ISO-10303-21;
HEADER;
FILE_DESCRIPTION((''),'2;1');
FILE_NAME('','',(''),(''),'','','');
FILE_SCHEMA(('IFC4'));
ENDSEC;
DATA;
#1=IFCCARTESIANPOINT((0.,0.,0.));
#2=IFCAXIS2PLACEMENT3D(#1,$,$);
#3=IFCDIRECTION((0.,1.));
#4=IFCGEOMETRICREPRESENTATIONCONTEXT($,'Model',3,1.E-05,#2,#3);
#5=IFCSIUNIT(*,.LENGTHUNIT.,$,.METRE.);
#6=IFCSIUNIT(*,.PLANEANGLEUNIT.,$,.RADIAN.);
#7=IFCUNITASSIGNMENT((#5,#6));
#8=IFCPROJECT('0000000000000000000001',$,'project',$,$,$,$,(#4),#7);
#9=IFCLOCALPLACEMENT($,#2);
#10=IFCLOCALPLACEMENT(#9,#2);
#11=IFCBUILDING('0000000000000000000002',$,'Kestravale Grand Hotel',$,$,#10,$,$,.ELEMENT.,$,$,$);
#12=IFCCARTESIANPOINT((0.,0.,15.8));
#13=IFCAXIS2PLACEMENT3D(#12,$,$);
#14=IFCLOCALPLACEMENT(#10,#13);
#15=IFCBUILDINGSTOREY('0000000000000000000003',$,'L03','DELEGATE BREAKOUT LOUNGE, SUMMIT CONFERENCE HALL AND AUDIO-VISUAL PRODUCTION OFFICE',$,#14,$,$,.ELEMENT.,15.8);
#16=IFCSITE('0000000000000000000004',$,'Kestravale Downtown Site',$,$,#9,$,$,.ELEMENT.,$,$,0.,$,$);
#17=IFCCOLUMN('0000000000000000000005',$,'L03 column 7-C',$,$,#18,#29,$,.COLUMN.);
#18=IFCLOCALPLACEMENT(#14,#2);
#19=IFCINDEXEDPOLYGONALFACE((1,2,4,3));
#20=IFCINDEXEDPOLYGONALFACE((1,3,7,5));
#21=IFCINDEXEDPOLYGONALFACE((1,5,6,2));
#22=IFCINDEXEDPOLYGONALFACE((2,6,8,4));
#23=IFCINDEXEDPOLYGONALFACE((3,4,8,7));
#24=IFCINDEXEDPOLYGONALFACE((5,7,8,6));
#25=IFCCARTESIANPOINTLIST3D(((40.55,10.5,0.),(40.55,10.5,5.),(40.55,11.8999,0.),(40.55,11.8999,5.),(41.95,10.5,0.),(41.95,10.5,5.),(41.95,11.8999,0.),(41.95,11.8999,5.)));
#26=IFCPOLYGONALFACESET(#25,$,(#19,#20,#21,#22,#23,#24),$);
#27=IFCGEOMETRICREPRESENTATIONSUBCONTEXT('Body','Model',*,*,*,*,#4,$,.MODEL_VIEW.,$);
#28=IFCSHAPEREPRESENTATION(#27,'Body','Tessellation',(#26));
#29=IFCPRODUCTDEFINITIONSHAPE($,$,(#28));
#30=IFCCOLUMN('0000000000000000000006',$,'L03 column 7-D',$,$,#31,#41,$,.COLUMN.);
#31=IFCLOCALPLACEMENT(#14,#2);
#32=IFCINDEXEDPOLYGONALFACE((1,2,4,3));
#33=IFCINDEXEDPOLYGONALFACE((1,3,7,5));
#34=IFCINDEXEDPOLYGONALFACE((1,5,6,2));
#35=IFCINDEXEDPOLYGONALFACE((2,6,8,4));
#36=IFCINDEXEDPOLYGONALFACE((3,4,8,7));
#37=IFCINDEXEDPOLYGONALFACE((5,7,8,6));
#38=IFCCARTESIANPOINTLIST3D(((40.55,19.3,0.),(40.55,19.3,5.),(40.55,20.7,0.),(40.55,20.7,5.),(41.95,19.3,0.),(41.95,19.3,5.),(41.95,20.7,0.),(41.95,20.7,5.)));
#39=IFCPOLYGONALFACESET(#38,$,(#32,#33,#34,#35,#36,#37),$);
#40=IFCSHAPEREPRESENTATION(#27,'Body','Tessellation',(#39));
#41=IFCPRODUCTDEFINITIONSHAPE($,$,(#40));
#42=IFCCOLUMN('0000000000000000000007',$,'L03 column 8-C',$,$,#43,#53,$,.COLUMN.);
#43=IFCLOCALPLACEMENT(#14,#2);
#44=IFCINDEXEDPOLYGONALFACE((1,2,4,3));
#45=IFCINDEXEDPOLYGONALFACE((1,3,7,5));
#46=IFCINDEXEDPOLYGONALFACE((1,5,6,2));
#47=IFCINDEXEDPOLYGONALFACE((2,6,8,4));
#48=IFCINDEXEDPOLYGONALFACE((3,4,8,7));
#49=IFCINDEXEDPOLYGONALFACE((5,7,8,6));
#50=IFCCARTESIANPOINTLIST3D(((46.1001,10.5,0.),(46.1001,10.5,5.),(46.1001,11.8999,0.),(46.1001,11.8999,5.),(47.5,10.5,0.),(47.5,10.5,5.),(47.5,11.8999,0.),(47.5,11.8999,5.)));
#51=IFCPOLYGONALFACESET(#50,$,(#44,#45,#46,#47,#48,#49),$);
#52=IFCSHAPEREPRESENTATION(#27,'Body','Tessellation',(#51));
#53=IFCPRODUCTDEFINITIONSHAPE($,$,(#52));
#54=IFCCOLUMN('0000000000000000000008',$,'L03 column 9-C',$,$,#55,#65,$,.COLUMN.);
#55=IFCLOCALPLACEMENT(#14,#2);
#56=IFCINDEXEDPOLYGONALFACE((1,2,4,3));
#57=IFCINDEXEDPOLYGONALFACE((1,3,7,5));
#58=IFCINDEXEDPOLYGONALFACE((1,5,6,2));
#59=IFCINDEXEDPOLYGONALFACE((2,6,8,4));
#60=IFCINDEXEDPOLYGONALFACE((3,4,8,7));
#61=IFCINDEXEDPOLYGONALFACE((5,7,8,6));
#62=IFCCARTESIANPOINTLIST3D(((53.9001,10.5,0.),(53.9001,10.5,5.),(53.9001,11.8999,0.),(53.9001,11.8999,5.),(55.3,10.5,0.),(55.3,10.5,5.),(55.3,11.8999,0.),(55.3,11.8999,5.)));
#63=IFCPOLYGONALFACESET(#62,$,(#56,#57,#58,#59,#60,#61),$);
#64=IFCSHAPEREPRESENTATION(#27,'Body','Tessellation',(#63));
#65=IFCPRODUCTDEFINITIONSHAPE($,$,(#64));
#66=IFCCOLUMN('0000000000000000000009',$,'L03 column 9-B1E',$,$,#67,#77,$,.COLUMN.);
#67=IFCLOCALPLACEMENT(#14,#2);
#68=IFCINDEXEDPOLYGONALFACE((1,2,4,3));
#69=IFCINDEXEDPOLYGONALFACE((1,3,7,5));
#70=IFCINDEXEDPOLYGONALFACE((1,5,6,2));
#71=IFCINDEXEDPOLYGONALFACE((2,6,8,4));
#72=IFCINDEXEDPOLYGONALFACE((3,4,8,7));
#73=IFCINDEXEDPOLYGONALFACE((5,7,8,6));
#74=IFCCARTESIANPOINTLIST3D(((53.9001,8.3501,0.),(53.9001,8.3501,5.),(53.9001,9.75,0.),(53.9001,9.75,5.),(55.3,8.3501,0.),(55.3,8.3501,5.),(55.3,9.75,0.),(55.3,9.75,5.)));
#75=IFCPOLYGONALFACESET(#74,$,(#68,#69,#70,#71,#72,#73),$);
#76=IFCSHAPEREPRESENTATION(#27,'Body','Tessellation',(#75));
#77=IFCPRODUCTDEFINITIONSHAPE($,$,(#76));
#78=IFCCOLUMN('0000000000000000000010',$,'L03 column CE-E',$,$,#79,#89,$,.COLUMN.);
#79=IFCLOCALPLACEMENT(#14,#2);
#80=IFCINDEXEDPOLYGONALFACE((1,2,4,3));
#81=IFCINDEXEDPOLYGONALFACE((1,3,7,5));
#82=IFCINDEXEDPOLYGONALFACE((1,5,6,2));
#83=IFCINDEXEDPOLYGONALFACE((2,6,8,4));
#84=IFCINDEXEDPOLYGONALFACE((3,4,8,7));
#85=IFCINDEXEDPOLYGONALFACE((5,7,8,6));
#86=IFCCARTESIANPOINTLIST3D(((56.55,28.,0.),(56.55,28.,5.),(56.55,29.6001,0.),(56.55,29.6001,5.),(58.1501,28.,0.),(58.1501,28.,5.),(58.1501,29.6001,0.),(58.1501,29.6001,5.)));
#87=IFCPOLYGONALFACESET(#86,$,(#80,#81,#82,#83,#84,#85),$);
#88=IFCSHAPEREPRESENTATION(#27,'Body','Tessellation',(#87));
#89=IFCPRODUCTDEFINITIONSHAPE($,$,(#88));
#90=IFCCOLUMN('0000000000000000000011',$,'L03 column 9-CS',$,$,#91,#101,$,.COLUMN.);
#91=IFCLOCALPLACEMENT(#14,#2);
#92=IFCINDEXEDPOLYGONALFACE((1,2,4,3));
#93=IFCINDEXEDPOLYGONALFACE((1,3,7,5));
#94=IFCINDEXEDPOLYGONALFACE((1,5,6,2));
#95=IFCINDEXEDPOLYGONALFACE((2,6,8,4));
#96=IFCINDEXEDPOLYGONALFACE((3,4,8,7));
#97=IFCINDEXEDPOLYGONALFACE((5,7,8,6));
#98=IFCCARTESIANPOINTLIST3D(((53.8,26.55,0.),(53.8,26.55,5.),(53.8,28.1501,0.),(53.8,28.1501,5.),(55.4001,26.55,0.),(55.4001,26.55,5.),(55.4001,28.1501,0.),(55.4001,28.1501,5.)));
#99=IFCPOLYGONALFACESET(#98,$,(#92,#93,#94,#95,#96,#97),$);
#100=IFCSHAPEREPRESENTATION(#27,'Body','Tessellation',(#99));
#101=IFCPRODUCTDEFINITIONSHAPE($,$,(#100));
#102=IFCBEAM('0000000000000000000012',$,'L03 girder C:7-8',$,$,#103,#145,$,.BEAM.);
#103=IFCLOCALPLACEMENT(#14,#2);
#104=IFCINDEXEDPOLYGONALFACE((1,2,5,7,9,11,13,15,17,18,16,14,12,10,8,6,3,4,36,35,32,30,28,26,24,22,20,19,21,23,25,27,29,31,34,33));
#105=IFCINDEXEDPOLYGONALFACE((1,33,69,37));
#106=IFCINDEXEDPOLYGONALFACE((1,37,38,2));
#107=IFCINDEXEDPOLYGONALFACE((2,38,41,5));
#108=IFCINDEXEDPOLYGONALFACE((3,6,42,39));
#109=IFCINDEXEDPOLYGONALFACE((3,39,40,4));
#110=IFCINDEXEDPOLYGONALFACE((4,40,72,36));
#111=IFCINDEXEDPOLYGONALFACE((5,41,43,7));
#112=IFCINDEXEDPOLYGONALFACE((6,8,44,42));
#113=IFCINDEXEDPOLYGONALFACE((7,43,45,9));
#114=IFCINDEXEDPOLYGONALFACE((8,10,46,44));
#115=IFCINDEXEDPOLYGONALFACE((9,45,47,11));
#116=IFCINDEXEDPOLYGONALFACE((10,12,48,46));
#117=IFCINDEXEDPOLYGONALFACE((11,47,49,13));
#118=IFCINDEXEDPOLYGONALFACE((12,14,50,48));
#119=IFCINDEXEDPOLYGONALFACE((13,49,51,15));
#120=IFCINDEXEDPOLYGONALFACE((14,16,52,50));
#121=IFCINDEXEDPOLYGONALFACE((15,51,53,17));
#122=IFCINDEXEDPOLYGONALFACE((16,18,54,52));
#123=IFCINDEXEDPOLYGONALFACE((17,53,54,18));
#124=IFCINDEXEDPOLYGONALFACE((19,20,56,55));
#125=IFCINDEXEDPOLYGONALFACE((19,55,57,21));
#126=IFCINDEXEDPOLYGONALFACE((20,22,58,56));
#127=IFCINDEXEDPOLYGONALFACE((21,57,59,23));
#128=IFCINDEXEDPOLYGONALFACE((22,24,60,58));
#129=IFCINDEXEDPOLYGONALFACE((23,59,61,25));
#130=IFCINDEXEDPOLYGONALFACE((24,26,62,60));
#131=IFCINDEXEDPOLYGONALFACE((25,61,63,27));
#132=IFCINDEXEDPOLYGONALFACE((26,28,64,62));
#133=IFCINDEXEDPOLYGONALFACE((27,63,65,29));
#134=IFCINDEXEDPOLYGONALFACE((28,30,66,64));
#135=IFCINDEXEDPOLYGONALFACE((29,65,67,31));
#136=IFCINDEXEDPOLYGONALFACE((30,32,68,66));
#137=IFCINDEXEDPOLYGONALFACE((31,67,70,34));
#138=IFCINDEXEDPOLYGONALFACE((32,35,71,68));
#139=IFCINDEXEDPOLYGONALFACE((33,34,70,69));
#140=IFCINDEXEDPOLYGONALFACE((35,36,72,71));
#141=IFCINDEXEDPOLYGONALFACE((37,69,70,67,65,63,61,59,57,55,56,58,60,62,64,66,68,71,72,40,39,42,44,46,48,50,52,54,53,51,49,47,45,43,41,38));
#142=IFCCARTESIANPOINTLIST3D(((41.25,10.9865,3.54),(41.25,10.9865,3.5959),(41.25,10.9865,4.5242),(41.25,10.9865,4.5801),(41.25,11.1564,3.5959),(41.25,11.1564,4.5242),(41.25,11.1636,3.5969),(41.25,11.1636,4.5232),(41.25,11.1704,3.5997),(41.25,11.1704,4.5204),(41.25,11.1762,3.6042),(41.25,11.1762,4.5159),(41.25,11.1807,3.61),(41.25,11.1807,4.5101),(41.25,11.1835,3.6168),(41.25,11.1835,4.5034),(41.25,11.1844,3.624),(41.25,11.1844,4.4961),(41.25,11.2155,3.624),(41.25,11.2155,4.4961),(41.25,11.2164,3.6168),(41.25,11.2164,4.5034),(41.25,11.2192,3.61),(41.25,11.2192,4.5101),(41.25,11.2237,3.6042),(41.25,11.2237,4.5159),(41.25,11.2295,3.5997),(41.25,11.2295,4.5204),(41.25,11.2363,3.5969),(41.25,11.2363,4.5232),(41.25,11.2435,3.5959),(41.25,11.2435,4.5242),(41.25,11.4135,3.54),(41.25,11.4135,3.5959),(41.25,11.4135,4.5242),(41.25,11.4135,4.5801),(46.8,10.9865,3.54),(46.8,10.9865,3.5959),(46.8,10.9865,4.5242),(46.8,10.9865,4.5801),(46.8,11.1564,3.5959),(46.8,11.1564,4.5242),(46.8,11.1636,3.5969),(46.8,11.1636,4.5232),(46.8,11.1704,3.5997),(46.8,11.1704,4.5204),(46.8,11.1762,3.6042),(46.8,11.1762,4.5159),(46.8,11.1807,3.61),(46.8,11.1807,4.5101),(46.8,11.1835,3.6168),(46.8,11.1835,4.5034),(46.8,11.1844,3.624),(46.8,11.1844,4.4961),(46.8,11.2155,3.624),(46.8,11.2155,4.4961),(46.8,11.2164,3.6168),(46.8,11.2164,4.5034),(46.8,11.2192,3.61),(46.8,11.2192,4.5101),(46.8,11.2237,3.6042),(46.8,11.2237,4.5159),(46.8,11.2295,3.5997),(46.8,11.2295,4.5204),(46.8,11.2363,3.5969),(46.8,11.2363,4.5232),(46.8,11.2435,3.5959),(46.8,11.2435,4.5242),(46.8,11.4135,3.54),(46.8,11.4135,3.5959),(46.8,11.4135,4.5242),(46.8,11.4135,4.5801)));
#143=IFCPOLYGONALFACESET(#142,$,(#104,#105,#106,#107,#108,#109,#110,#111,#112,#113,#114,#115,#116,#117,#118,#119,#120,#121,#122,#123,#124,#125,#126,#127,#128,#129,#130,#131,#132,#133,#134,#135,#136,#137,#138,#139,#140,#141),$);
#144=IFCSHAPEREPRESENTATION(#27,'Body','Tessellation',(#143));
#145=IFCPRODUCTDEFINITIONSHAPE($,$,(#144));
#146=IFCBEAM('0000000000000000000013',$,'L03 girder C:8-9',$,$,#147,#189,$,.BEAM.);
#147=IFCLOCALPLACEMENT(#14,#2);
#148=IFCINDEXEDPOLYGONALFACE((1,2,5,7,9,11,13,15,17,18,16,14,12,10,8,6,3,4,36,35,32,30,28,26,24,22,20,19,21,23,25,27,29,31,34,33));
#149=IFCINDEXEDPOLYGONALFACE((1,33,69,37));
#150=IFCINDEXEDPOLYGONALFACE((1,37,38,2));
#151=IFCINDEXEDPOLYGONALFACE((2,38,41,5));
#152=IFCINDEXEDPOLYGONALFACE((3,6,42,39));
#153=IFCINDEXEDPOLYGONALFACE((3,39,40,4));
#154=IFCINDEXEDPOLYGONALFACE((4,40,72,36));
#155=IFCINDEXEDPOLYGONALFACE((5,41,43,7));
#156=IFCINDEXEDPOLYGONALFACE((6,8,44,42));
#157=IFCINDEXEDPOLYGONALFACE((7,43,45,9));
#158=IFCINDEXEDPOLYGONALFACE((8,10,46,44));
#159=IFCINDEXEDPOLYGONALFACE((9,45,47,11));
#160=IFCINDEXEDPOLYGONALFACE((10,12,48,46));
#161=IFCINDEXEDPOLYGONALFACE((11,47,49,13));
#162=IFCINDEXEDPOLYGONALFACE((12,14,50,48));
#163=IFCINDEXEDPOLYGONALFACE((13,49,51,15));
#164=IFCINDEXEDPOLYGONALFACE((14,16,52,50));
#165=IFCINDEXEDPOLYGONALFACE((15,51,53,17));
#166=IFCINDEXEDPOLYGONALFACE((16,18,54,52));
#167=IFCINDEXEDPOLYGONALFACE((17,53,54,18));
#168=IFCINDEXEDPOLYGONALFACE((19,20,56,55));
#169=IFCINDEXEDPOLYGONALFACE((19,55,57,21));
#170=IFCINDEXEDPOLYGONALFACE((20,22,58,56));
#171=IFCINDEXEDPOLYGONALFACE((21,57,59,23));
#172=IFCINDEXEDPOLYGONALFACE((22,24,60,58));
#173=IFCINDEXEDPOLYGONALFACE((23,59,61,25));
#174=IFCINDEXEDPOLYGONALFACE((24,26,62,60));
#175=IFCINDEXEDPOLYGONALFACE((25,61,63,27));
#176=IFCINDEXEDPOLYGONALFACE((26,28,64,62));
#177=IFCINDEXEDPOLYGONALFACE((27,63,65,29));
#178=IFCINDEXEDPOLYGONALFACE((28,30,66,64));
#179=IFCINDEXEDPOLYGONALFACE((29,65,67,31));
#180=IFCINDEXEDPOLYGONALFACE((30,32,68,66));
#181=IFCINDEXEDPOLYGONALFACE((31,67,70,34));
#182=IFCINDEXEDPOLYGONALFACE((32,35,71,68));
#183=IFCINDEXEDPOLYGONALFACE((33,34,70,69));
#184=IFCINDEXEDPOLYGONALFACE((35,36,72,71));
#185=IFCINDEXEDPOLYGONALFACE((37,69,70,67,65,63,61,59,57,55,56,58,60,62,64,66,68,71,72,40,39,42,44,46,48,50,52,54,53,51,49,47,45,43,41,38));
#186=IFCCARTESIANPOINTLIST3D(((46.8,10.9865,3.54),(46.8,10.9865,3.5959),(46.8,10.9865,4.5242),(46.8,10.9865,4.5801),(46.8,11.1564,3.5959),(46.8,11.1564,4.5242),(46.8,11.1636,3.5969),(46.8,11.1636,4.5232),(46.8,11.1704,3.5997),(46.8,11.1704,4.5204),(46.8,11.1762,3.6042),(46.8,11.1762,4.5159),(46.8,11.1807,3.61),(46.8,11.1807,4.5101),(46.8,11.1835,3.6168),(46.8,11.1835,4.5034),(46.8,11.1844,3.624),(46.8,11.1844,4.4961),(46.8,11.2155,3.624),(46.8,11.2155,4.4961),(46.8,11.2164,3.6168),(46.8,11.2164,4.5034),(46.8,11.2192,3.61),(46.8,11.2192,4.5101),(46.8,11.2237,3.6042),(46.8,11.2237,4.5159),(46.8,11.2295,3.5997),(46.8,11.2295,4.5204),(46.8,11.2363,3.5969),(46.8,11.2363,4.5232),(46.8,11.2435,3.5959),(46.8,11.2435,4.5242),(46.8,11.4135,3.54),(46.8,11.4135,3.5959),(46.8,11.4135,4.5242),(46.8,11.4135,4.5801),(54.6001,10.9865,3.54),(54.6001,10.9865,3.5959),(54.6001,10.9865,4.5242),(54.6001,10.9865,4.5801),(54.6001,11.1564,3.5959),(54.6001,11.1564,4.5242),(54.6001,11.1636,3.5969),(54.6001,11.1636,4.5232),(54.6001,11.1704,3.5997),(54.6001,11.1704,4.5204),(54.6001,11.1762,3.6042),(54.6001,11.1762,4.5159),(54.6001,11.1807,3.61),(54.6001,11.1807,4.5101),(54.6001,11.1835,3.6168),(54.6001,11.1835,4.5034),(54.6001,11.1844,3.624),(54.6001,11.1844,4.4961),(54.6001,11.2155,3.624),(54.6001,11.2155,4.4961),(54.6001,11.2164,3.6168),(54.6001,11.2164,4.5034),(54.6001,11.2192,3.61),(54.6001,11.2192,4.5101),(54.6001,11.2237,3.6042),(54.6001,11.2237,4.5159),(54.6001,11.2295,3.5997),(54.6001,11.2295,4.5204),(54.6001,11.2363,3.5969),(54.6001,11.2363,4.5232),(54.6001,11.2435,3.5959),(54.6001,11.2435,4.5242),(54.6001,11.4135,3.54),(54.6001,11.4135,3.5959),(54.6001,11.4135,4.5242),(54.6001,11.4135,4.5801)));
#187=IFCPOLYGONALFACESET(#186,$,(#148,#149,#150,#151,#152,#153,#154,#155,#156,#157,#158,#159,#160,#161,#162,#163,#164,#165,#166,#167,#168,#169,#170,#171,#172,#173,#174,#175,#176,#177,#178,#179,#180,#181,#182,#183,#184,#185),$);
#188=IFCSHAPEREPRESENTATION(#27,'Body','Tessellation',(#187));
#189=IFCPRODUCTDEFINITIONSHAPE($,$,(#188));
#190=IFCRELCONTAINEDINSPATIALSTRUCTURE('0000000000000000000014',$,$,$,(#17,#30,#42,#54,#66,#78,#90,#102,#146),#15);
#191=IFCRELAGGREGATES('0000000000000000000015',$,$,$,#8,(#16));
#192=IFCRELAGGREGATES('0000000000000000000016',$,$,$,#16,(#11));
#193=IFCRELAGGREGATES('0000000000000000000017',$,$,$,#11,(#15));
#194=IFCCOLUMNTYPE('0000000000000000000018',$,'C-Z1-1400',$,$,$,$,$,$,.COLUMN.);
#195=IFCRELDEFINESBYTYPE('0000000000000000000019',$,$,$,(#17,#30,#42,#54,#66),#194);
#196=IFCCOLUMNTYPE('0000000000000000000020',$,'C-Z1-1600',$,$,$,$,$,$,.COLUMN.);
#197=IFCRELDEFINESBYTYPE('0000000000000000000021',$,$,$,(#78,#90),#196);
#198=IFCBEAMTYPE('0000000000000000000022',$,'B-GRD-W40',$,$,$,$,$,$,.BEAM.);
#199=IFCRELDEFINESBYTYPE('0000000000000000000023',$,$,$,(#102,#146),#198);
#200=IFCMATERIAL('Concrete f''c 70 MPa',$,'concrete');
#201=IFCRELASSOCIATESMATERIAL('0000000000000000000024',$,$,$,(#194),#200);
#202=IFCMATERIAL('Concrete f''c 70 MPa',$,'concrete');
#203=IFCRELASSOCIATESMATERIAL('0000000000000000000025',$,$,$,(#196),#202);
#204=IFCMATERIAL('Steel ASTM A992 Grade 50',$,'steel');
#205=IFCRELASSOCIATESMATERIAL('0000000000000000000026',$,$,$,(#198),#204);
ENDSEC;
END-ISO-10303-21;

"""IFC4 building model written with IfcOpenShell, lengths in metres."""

from ifc_helpers import new_model, si_unit, direction, frame, origin, origin_2d, place, context, subcontext, project, spatial, rectangle, i_section, extrude, material, material_profile, profile_set, type_object, element, save


model = new_model("IFC4")

# Units and contexts
model_context = context("Model", 3, precision=1e-05, world=origin(), true_north=direction((0.0, 1.0)))
body_context = subcontext(model_context, "Body", "Model", "MODEL_VIEW")
ifc_project = project(units=[si_unit("LENGTHUNIT", "METRE"), si_unit("PLANEANGLEUNIT", "RADIAN")], contexts=[model_context])

# Site, building, storey
site_placement = place(None, origin())
site = spatial("IfcSite", under=ifc_project, at=site_placement, Name="Kestravale Downtown Site", CompositionType="ELEMENT", RefElevation=0.0)
building_placement = place(site_placement, origin())
building = spatial("IfcBuilding", under=site, at=building_placement, Name="Kestravale Grand Hotel", CompositionType="ELEMENT")
storey_placement = place(building_placement, frame((0.0, 0.0, 15.8)))
storey = spatial("IfcBuildingStorey", under=building, at=storey_placement, Name="L03", Description="DELEGATE BREAKOUT LOUNGE, SUMMIT CONFERENCE HALL AND AUDIO-VISUAL PRODUCTION OFFICE", CompositionType="ELEMENT", Elevation=15.8)

# Columns
ifc_material_1 = material(Name="Concrete f'c 70 MPa", Category="concrete")
ifc_material_profile_1 = material_profile(ifc_material_1, rectangle(XDim=1.3999, YDim=1.3999, at=origin_2d()))
ifc_profile_set_1 = profile_set([ifc_material_profile_1], Name="Concrete f'c 70 MPa")
column_type_1 = type_object("IfcColumnType", Name="C-Z1-1400", PredefinedType="COLUMN", material=ifc_profile_set_1)
for number, where, z_axis, x_axis, name in (
    (1, (41.25, 11.2, 0.0), (0.0, 0.0, 1.0), (1.0, 0.0, 0.0), "L03 column 7-C"),
    (2, (41.25, 20.0, 0.0), (0.0, 0.0, 1.0), (1.0, 0.0, 0.0), "L03 column 7-D"),
    (3, (46.8, 11.2, 0.0), (0.0, 0.0, 1.0), (1.0, 0.0, 0.0), "L03 column 8-C"),
    (4, (54.6001, 11.2, 0.0), (0.0, 0.0, 1.0), (1.0, 0.0, 0.0), "L03 column 9-C"),
    (5, (54.6001, 9.05, 0.0), (0.0, 0.0, 1.0), (1.0, 0.0, 0.0), "L03 column 9-B1E"),
):
    element("IfcColumn", number, at=place(storey_placement, frame(where, z_axis=z_axis, x_axis=x_axis)), inside=storey, type_object=column_type_1, Name=name, PredefinedType="COLUMN", context=body_context, shape_type="SweptSolid", body=[
        extrude(rectangle(XDim=1.3999, YDim=1.3999, at=origin_2d()), origin(), (0.0, 0.0, 1.0), 5.0),
    ])
ifc_material_2 = material(Name="Concrete f'c 70 MPa", Category="concrete")
ifc_material_profile_2 = material_profile(ifc_material_2, rectangle(XDim=1.6001, YDim=1.6001, at=origin_2d()))
ifc_profile_set_2 = profile_set([ifc_material_profile_2], Name="Concrete f'c 70 MPa")
column_type_2 = type_object("IfcColumnType", Name="C-Z1-1600", PredefinedType="COLUMN", material=ifc_profile_set_2)
for number, where, z_axis, x_axis, name in (
    (6, (57.3501, 28.8, 0.0), (0.0, 0.0, 1.0), (1.0, 0.0, 0.0), "L03 column CE-E"),
    (7, (54.6001, 27.3501, 0.0), (0.0, 0.0, 1.0), (1.0, 0.0, 0.0), "L03 column 9-CS"),
):
    element("IfcColumn", number, at=place(storey_placement, frame(where, z_axis=z_axis, x_axis=x_axis)), inside=storey, type_object=column_type_2, Name=name, PredefinedType="COLUMN", context=body_context, shape_type="SweptSolid", body=[
        extrude(rectangle(XDim=1.6001, YDim=1.6001, at=origin_2d()), origin(), (0.0, 0.0, 1.0), 5.0),
    ])

# Beams
ifc_material_3 = material(Name="Steel ASTM A992 Grade 50", Category="steel")
ifc_material_profile_3 = material_profile(ifc_material_3, i_section(OverallWidth=0.427, OverallDepth=1.04, WebThickness=0.031, FlangeThickness=0.0559, FilletRadius=0.0281, at=origin_2d()))
ifc_profile_set_3 = profile_set([ifc_material_profile_3], Name="Steel ASTM A992 Grade 50")
beam_type = type_object("IfcBeamType", Name="B-GRD-W40", PredefinedType="BEAM", material=ifc_profile_set_3)
beam_1_placement = place(storey_placement, frame((41.25, 11.2, 4.0601), z_axis=(1.0, 0.0, 0.0), x_axis=(0.0, 1.0, 0.0)))
element("IfcBeam", 8, at=beam_1_placement, inside=storey, type_object=beam_type, Name="L03 girder C:7-8", PredefinedType="BEAM", context=body_context, shape_type="SweptSolid", body=[
    extrude(i_section(OverallWidth=0.427, OverallDepth=1.04, WebThickness=0.031, FlangeThickness=0.0559, FilletRadius=0.0281, at=origin_2d()), origin(), (0.0, 0.0, 1.0), 5.55),
])
beam_2_placement = place(storey_placement, frame((46.8, 11.2, 4.0601), z_axis=(1.0, 0.0, 0.0), x_axis=(0.0, 1.0, 0.0)))
element("IfcBeam", 9, at=beam_2_placement, inside=storey, type_object=beam_type, Name="L03 girder C:8-9", PredefinedType="BEAM", context=body_context, shape_type="SweptSolid", body=[
    extrude(i_section(OverallWidth=0.427, OverallDepth=1.04, WebThickness=0.031, FlangeThickness=0.0559, FilletRadius=0.0281, at=origin_2d()), origin(), (0.0, 0.0, 1.0), 7.8),
])

save(model, "model.ifc")
